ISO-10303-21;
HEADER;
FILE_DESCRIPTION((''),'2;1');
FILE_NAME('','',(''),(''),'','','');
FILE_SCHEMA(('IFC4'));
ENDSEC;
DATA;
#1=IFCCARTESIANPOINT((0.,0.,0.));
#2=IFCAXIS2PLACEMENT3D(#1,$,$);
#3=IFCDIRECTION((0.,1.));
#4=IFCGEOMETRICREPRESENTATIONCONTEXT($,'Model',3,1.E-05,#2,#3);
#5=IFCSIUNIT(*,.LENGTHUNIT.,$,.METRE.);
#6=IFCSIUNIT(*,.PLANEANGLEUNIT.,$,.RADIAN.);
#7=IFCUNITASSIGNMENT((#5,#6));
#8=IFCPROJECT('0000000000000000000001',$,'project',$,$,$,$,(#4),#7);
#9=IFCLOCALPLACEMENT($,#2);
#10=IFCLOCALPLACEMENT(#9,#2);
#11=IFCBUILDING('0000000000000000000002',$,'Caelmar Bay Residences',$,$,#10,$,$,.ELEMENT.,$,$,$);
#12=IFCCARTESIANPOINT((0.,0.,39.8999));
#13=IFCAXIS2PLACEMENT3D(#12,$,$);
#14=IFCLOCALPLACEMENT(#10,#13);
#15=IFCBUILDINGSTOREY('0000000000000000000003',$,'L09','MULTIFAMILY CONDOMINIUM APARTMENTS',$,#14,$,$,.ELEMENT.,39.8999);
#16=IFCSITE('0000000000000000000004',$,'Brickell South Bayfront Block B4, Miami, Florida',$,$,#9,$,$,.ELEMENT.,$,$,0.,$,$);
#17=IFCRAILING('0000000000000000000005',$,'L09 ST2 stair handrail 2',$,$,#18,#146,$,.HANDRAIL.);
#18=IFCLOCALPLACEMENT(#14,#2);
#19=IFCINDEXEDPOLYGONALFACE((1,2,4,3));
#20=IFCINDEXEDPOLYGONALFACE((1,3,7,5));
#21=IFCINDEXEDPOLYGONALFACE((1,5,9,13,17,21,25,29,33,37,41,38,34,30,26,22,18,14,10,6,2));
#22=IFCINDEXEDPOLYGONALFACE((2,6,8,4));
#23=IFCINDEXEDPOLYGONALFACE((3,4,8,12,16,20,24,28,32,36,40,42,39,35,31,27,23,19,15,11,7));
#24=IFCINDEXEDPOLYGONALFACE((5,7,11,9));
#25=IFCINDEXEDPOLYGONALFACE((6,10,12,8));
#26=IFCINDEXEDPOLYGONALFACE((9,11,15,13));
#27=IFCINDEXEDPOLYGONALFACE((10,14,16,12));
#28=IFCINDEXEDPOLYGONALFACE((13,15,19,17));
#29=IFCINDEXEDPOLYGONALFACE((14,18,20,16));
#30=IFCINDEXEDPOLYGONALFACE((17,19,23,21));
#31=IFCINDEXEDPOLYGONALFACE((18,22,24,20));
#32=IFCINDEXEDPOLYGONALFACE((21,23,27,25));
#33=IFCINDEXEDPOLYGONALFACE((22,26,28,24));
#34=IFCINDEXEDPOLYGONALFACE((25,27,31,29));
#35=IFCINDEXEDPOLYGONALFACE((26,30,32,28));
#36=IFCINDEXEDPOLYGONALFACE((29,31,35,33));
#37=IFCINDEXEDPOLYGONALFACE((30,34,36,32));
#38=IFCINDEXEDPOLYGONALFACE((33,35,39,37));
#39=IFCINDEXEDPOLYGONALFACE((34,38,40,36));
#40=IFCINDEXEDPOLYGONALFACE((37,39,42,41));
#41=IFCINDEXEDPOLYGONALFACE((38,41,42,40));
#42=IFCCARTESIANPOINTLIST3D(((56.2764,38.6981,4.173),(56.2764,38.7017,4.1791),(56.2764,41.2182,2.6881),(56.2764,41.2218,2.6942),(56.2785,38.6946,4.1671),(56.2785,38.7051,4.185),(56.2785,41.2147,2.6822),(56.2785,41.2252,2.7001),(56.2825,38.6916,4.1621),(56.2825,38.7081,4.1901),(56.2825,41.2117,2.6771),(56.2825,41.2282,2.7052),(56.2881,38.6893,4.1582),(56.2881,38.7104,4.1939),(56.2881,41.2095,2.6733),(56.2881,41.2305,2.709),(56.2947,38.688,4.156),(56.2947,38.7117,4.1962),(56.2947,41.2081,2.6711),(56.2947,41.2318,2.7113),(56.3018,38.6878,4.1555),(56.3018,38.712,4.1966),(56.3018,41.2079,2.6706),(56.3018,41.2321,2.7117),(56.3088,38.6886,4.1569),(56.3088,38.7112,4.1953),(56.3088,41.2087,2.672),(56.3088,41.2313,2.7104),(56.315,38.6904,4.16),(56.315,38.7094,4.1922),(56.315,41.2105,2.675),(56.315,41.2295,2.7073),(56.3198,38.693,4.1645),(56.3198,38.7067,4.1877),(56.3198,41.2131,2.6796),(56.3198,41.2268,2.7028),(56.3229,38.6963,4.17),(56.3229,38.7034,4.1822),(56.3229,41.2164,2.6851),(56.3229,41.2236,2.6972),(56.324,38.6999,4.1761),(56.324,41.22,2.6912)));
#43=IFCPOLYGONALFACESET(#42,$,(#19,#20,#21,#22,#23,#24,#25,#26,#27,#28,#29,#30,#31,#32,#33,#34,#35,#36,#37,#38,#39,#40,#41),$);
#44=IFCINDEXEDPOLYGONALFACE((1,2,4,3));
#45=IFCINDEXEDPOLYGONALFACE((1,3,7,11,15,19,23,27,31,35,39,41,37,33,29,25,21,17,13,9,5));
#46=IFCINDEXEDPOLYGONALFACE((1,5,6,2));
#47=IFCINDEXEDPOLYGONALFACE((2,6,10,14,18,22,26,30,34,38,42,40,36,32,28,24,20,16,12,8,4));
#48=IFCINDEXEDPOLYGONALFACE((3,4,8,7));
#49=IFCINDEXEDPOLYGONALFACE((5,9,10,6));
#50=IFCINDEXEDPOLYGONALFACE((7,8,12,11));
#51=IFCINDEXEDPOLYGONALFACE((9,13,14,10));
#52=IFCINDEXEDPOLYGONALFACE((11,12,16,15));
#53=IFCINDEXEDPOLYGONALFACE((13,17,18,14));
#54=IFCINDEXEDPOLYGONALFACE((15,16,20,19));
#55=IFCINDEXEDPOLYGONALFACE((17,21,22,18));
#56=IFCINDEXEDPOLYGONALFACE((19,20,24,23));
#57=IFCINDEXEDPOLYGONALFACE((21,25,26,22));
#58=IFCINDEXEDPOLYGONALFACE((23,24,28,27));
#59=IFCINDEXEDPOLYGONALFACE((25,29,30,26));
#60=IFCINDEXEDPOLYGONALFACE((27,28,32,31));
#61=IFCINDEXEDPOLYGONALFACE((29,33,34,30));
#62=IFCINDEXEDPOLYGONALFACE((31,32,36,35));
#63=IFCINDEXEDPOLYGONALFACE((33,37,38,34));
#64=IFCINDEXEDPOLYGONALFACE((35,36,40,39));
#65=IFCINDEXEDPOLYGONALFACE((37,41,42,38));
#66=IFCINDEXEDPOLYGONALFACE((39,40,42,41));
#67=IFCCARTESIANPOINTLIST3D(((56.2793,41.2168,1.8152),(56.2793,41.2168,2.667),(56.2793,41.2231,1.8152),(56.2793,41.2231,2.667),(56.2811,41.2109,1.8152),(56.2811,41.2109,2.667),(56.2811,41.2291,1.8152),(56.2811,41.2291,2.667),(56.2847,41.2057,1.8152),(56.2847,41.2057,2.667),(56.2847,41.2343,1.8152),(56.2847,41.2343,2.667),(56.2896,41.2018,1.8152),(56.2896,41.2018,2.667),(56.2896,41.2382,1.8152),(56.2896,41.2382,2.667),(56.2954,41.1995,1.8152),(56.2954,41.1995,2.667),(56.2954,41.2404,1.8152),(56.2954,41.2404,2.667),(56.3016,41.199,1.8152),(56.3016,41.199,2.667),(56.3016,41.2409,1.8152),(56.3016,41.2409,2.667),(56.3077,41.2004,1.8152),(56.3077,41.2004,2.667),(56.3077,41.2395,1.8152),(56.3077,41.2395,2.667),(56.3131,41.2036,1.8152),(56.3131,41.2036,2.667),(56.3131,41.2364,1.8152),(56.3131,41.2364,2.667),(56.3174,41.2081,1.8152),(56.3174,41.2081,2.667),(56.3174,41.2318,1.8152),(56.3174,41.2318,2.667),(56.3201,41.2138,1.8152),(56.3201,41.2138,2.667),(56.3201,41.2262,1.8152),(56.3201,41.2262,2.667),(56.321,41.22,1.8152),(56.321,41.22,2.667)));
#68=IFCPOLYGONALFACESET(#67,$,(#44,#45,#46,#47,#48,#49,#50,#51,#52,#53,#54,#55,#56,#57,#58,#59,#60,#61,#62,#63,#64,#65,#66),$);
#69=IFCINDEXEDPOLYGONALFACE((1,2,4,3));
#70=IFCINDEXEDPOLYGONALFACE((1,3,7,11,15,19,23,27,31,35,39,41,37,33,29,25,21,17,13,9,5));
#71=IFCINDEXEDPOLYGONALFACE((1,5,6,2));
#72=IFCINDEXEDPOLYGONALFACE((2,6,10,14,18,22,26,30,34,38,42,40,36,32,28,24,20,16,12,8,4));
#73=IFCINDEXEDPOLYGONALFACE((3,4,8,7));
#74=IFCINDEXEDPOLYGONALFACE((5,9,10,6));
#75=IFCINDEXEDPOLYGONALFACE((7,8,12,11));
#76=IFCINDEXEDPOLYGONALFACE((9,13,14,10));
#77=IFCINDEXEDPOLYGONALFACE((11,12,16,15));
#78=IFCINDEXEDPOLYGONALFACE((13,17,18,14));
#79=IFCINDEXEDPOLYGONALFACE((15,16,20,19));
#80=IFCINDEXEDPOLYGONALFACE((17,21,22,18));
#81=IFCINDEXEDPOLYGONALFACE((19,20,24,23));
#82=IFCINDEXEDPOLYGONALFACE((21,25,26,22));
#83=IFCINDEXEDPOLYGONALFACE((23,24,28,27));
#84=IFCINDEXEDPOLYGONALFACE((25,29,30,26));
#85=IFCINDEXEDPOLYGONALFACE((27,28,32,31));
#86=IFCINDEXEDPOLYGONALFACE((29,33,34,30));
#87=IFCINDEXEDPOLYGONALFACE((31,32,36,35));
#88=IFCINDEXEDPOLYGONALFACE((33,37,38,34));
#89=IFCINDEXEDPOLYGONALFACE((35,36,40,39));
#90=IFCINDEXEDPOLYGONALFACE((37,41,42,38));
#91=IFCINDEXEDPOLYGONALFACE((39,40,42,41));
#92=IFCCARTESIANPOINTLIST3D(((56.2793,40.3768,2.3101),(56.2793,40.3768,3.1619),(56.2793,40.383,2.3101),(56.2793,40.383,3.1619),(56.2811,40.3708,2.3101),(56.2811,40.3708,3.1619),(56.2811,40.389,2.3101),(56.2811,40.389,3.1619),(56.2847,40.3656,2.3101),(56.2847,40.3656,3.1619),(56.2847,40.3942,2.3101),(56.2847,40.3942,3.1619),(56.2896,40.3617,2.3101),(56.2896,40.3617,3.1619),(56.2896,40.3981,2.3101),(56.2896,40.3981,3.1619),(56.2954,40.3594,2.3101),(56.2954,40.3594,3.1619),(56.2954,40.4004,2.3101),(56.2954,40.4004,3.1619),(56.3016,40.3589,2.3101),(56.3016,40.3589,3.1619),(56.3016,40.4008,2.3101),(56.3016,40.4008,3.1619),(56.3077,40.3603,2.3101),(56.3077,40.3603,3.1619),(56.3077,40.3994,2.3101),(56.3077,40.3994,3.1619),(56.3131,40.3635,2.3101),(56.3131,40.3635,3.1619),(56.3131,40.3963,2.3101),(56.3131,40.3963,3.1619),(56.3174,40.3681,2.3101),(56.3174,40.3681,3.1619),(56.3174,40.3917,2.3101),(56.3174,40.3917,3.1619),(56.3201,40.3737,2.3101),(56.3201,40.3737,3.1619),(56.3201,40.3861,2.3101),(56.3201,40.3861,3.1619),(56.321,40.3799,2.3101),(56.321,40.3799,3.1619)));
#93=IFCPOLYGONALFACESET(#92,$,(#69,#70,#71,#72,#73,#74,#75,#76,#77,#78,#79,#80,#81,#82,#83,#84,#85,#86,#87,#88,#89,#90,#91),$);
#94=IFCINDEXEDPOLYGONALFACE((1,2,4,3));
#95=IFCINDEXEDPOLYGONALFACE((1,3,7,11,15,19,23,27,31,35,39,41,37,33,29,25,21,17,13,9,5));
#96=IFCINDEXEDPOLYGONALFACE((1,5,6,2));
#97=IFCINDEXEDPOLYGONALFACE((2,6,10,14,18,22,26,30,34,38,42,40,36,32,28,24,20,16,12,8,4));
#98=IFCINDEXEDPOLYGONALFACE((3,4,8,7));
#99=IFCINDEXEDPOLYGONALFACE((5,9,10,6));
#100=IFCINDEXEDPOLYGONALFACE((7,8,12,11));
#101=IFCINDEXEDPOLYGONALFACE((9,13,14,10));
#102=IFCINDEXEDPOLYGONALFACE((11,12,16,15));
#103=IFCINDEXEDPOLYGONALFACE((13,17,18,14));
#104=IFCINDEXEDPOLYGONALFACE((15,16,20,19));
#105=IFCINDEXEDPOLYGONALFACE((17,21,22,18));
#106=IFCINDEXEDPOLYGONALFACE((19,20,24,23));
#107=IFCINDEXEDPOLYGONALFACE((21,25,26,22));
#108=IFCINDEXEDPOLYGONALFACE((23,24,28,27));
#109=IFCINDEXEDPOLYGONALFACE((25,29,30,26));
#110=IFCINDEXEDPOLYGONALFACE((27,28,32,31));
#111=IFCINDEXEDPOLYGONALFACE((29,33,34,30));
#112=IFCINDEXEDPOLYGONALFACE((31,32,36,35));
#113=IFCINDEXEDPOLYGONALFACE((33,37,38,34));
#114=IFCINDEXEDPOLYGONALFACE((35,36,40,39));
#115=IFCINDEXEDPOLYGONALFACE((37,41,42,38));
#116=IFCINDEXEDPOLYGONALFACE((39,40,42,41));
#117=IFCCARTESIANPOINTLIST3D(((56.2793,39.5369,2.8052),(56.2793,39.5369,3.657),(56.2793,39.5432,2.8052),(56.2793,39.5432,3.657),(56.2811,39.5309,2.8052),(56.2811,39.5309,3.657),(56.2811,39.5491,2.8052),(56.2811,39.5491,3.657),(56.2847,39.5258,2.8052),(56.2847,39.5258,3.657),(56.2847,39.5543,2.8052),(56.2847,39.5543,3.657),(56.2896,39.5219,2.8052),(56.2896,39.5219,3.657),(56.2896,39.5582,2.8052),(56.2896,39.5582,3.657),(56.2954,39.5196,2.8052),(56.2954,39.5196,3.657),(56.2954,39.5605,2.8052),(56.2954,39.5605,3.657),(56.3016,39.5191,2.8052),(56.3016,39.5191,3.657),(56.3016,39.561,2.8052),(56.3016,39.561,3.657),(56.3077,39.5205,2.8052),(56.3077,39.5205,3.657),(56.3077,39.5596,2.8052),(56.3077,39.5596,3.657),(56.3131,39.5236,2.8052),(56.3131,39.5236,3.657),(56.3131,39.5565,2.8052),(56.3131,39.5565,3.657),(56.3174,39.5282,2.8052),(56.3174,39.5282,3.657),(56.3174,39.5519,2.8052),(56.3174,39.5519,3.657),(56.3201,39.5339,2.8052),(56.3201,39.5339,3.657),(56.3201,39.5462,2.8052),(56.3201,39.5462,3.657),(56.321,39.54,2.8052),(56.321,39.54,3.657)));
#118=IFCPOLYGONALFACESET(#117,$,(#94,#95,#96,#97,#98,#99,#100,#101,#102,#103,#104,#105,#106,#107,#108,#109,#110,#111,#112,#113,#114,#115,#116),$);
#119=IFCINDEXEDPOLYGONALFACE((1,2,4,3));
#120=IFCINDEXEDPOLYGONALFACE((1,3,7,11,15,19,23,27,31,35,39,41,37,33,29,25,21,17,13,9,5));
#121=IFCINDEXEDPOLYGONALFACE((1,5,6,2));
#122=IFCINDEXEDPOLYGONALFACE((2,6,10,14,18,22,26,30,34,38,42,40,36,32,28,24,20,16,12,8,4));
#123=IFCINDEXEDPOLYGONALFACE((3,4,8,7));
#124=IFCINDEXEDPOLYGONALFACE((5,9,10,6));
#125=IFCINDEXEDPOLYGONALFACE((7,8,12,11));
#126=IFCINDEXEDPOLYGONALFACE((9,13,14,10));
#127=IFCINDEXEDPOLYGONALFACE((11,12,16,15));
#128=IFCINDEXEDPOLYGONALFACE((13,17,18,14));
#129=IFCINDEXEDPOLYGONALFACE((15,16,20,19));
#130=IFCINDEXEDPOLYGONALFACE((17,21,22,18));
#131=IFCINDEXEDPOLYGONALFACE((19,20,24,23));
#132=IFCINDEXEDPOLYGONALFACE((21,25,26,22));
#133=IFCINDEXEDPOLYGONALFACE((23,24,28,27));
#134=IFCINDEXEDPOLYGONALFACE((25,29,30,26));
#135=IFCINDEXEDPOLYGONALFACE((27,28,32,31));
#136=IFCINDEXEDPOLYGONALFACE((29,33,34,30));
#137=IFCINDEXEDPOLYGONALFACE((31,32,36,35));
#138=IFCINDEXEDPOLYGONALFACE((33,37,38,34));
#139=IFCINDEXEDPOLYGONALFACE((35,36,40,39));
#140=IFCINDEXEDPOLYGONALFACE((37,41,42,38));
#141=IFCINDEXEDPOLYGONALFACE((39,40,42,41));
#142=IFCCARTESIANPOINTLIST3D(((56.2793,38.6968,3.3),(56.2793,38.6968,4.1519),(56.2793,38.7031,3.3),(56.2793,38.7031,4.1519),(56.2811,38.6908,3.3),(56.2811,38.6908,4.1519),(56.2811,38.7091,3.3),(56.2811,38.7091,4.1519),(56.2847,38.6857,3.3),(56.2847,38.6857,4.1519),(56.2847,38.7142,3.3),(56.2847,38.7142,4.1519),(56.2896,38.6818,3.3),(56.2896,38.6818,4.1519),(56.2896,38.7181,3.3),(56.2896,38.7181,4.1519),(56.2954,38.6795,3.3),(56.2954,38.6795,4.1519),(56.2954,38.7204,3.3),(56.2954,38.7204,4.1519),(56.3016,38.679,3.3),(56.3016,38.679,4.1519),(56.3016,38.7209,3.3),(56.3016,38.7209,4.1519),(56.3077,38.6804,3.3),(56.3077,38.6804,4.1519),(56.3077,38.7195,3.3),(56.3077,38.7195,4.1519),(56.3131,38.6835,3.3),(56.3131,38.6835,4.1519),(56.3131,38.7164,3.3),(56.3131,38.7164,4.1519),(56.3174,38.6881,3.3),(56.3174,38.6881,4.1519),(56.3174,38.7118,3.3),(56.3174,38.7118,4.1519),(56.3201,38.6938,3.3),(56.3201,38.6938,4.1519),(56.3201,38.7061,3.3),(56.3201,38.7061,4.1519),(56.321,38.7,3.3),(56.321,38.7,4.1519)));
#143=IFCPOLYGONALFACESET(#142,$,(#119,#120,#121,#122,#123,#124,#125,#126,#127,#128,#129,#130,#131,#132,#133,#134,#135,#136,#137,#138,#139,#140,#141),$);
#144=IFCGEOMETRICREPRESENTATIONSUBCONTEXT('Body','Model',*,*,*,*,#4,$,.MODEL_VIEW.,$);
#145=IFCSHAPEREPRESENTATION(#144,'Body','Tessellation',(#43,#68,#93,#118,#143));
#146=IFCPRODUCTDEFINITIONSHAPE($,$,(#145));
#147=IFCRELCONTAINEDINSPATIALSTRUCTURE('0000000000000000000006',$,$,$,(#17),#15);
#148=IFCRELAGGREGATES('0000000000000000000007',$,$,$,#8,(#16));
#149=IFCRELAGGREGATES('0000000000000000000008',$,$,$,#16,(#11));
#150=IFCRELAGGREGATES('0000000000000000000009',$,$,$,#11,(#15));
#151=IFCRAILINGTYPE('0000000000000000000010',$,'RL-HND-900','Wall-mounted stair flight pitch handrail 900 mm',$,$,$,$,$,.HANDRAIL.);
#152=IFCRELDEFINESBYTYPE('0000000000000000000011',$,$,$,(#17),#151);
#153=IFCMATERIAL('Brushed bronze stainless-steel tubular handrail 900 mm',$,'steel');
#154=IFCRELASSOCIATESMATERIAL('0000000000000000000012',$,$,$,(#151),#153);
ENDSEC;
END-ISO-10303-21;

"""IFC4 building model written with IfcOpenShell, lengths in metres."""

from ifc_helpers import new_model, si_unit, direction, frame, origin, origin_2d, place, context, subcontext, project, spatial, circle, extrude, material, type_object, element, save


model = new_model("IFC4")

# Units and contexts
model_context = context("Model", 3, precision=1e-05, world=origin(), true_north=direction((0.0, 1.0)))
body_context = subcontext(model_context, "Body", "Model", "MODEL_VIEW")
ifc_project = project(units=[si_unit("LENGTHUNIT", "METRE"), si_unit("PLANEANGLEUNIT", "RADIAN")], contexts=[model_context])

# Site, building, storey
site_placement = place(None, origin())
site = spatial("IfcSite", under=ifc_project, at=site_placement, Name="Brickell South Bayfront Block B4, Miami, Florida", CompositionType="ELEMENT", RefElevation=0.0)
building_placement = place(site_placement, origin())
building = spatial("IfcBuilding", under=site, at=building_placement, Name="Caelmar Bay Residences", CompositionType="ELEMENT")
storey_placement = place(building_placement, frame((0.0, 0.0, 39.8999)))
storey = spatial("IfcBuildingStorey", under=building, at=storey_placement, Name="L09", Description="MULTIFAMILY CONDOMINIUM APARTMENTS", CompositionType="ELEMENT", Elevation=39.8999)

# Railing
ifc_material_1 = material(Name="Brushed bronze stainless-steel tubular handrail 900 mm", Category="steel")
railing_type_1 = type_object("IfcRailingType", Name="RL-HND-900", Description="Wall-mounted stair flight pitch handrail 900 mm", PredefinedType="HANDRAIL", material=ifc_material_1)
railing_1_placement = place(storey_placement, frame((56.3, 41.22, 1.8152)))
element("IfcRailing", 1, at=railing_1_placement, inside=storey, type_object=railing_type_1, Name="L09 ST2 stair handrail 2", PredefinedType="HANDRAIL", context=body_context, shape_type="SweptSolid", body=[
    extrude(circle(Radius=0.0239, at=origin_2d()), frame((0.0, 0.0, 0.876), z_axis=(0.0, -0.861561, 0.507655), x_axis=(1.0, 0.0, 0.0)), (0.0, 0.0, 1.0), 2.925),
    extrude(circle(Radius=0.021, at=origin_2d()), origin(), (0.0, 0.0, 1.0), 0.8518),
    extrude(circle(Radius=0.021, at=origin_2d()), frame((0.0, -0.8401, 0.4949)), (0.0, 0.0, 1.0), 0.8518),
    extrude(circle(Radius=0.021, at=origin_2d()), frame((0.0, -1.6799, 0.99)), (0.0, 0.0, 1.0), 0.8518),
    extrude(circle(Radius=0.021, at=origin_2d()), frame((0.0, -2.52, 1.4849)), (0.0, 0.0, 1.0), 0.8518),
])

save(model, "model.ifc")
